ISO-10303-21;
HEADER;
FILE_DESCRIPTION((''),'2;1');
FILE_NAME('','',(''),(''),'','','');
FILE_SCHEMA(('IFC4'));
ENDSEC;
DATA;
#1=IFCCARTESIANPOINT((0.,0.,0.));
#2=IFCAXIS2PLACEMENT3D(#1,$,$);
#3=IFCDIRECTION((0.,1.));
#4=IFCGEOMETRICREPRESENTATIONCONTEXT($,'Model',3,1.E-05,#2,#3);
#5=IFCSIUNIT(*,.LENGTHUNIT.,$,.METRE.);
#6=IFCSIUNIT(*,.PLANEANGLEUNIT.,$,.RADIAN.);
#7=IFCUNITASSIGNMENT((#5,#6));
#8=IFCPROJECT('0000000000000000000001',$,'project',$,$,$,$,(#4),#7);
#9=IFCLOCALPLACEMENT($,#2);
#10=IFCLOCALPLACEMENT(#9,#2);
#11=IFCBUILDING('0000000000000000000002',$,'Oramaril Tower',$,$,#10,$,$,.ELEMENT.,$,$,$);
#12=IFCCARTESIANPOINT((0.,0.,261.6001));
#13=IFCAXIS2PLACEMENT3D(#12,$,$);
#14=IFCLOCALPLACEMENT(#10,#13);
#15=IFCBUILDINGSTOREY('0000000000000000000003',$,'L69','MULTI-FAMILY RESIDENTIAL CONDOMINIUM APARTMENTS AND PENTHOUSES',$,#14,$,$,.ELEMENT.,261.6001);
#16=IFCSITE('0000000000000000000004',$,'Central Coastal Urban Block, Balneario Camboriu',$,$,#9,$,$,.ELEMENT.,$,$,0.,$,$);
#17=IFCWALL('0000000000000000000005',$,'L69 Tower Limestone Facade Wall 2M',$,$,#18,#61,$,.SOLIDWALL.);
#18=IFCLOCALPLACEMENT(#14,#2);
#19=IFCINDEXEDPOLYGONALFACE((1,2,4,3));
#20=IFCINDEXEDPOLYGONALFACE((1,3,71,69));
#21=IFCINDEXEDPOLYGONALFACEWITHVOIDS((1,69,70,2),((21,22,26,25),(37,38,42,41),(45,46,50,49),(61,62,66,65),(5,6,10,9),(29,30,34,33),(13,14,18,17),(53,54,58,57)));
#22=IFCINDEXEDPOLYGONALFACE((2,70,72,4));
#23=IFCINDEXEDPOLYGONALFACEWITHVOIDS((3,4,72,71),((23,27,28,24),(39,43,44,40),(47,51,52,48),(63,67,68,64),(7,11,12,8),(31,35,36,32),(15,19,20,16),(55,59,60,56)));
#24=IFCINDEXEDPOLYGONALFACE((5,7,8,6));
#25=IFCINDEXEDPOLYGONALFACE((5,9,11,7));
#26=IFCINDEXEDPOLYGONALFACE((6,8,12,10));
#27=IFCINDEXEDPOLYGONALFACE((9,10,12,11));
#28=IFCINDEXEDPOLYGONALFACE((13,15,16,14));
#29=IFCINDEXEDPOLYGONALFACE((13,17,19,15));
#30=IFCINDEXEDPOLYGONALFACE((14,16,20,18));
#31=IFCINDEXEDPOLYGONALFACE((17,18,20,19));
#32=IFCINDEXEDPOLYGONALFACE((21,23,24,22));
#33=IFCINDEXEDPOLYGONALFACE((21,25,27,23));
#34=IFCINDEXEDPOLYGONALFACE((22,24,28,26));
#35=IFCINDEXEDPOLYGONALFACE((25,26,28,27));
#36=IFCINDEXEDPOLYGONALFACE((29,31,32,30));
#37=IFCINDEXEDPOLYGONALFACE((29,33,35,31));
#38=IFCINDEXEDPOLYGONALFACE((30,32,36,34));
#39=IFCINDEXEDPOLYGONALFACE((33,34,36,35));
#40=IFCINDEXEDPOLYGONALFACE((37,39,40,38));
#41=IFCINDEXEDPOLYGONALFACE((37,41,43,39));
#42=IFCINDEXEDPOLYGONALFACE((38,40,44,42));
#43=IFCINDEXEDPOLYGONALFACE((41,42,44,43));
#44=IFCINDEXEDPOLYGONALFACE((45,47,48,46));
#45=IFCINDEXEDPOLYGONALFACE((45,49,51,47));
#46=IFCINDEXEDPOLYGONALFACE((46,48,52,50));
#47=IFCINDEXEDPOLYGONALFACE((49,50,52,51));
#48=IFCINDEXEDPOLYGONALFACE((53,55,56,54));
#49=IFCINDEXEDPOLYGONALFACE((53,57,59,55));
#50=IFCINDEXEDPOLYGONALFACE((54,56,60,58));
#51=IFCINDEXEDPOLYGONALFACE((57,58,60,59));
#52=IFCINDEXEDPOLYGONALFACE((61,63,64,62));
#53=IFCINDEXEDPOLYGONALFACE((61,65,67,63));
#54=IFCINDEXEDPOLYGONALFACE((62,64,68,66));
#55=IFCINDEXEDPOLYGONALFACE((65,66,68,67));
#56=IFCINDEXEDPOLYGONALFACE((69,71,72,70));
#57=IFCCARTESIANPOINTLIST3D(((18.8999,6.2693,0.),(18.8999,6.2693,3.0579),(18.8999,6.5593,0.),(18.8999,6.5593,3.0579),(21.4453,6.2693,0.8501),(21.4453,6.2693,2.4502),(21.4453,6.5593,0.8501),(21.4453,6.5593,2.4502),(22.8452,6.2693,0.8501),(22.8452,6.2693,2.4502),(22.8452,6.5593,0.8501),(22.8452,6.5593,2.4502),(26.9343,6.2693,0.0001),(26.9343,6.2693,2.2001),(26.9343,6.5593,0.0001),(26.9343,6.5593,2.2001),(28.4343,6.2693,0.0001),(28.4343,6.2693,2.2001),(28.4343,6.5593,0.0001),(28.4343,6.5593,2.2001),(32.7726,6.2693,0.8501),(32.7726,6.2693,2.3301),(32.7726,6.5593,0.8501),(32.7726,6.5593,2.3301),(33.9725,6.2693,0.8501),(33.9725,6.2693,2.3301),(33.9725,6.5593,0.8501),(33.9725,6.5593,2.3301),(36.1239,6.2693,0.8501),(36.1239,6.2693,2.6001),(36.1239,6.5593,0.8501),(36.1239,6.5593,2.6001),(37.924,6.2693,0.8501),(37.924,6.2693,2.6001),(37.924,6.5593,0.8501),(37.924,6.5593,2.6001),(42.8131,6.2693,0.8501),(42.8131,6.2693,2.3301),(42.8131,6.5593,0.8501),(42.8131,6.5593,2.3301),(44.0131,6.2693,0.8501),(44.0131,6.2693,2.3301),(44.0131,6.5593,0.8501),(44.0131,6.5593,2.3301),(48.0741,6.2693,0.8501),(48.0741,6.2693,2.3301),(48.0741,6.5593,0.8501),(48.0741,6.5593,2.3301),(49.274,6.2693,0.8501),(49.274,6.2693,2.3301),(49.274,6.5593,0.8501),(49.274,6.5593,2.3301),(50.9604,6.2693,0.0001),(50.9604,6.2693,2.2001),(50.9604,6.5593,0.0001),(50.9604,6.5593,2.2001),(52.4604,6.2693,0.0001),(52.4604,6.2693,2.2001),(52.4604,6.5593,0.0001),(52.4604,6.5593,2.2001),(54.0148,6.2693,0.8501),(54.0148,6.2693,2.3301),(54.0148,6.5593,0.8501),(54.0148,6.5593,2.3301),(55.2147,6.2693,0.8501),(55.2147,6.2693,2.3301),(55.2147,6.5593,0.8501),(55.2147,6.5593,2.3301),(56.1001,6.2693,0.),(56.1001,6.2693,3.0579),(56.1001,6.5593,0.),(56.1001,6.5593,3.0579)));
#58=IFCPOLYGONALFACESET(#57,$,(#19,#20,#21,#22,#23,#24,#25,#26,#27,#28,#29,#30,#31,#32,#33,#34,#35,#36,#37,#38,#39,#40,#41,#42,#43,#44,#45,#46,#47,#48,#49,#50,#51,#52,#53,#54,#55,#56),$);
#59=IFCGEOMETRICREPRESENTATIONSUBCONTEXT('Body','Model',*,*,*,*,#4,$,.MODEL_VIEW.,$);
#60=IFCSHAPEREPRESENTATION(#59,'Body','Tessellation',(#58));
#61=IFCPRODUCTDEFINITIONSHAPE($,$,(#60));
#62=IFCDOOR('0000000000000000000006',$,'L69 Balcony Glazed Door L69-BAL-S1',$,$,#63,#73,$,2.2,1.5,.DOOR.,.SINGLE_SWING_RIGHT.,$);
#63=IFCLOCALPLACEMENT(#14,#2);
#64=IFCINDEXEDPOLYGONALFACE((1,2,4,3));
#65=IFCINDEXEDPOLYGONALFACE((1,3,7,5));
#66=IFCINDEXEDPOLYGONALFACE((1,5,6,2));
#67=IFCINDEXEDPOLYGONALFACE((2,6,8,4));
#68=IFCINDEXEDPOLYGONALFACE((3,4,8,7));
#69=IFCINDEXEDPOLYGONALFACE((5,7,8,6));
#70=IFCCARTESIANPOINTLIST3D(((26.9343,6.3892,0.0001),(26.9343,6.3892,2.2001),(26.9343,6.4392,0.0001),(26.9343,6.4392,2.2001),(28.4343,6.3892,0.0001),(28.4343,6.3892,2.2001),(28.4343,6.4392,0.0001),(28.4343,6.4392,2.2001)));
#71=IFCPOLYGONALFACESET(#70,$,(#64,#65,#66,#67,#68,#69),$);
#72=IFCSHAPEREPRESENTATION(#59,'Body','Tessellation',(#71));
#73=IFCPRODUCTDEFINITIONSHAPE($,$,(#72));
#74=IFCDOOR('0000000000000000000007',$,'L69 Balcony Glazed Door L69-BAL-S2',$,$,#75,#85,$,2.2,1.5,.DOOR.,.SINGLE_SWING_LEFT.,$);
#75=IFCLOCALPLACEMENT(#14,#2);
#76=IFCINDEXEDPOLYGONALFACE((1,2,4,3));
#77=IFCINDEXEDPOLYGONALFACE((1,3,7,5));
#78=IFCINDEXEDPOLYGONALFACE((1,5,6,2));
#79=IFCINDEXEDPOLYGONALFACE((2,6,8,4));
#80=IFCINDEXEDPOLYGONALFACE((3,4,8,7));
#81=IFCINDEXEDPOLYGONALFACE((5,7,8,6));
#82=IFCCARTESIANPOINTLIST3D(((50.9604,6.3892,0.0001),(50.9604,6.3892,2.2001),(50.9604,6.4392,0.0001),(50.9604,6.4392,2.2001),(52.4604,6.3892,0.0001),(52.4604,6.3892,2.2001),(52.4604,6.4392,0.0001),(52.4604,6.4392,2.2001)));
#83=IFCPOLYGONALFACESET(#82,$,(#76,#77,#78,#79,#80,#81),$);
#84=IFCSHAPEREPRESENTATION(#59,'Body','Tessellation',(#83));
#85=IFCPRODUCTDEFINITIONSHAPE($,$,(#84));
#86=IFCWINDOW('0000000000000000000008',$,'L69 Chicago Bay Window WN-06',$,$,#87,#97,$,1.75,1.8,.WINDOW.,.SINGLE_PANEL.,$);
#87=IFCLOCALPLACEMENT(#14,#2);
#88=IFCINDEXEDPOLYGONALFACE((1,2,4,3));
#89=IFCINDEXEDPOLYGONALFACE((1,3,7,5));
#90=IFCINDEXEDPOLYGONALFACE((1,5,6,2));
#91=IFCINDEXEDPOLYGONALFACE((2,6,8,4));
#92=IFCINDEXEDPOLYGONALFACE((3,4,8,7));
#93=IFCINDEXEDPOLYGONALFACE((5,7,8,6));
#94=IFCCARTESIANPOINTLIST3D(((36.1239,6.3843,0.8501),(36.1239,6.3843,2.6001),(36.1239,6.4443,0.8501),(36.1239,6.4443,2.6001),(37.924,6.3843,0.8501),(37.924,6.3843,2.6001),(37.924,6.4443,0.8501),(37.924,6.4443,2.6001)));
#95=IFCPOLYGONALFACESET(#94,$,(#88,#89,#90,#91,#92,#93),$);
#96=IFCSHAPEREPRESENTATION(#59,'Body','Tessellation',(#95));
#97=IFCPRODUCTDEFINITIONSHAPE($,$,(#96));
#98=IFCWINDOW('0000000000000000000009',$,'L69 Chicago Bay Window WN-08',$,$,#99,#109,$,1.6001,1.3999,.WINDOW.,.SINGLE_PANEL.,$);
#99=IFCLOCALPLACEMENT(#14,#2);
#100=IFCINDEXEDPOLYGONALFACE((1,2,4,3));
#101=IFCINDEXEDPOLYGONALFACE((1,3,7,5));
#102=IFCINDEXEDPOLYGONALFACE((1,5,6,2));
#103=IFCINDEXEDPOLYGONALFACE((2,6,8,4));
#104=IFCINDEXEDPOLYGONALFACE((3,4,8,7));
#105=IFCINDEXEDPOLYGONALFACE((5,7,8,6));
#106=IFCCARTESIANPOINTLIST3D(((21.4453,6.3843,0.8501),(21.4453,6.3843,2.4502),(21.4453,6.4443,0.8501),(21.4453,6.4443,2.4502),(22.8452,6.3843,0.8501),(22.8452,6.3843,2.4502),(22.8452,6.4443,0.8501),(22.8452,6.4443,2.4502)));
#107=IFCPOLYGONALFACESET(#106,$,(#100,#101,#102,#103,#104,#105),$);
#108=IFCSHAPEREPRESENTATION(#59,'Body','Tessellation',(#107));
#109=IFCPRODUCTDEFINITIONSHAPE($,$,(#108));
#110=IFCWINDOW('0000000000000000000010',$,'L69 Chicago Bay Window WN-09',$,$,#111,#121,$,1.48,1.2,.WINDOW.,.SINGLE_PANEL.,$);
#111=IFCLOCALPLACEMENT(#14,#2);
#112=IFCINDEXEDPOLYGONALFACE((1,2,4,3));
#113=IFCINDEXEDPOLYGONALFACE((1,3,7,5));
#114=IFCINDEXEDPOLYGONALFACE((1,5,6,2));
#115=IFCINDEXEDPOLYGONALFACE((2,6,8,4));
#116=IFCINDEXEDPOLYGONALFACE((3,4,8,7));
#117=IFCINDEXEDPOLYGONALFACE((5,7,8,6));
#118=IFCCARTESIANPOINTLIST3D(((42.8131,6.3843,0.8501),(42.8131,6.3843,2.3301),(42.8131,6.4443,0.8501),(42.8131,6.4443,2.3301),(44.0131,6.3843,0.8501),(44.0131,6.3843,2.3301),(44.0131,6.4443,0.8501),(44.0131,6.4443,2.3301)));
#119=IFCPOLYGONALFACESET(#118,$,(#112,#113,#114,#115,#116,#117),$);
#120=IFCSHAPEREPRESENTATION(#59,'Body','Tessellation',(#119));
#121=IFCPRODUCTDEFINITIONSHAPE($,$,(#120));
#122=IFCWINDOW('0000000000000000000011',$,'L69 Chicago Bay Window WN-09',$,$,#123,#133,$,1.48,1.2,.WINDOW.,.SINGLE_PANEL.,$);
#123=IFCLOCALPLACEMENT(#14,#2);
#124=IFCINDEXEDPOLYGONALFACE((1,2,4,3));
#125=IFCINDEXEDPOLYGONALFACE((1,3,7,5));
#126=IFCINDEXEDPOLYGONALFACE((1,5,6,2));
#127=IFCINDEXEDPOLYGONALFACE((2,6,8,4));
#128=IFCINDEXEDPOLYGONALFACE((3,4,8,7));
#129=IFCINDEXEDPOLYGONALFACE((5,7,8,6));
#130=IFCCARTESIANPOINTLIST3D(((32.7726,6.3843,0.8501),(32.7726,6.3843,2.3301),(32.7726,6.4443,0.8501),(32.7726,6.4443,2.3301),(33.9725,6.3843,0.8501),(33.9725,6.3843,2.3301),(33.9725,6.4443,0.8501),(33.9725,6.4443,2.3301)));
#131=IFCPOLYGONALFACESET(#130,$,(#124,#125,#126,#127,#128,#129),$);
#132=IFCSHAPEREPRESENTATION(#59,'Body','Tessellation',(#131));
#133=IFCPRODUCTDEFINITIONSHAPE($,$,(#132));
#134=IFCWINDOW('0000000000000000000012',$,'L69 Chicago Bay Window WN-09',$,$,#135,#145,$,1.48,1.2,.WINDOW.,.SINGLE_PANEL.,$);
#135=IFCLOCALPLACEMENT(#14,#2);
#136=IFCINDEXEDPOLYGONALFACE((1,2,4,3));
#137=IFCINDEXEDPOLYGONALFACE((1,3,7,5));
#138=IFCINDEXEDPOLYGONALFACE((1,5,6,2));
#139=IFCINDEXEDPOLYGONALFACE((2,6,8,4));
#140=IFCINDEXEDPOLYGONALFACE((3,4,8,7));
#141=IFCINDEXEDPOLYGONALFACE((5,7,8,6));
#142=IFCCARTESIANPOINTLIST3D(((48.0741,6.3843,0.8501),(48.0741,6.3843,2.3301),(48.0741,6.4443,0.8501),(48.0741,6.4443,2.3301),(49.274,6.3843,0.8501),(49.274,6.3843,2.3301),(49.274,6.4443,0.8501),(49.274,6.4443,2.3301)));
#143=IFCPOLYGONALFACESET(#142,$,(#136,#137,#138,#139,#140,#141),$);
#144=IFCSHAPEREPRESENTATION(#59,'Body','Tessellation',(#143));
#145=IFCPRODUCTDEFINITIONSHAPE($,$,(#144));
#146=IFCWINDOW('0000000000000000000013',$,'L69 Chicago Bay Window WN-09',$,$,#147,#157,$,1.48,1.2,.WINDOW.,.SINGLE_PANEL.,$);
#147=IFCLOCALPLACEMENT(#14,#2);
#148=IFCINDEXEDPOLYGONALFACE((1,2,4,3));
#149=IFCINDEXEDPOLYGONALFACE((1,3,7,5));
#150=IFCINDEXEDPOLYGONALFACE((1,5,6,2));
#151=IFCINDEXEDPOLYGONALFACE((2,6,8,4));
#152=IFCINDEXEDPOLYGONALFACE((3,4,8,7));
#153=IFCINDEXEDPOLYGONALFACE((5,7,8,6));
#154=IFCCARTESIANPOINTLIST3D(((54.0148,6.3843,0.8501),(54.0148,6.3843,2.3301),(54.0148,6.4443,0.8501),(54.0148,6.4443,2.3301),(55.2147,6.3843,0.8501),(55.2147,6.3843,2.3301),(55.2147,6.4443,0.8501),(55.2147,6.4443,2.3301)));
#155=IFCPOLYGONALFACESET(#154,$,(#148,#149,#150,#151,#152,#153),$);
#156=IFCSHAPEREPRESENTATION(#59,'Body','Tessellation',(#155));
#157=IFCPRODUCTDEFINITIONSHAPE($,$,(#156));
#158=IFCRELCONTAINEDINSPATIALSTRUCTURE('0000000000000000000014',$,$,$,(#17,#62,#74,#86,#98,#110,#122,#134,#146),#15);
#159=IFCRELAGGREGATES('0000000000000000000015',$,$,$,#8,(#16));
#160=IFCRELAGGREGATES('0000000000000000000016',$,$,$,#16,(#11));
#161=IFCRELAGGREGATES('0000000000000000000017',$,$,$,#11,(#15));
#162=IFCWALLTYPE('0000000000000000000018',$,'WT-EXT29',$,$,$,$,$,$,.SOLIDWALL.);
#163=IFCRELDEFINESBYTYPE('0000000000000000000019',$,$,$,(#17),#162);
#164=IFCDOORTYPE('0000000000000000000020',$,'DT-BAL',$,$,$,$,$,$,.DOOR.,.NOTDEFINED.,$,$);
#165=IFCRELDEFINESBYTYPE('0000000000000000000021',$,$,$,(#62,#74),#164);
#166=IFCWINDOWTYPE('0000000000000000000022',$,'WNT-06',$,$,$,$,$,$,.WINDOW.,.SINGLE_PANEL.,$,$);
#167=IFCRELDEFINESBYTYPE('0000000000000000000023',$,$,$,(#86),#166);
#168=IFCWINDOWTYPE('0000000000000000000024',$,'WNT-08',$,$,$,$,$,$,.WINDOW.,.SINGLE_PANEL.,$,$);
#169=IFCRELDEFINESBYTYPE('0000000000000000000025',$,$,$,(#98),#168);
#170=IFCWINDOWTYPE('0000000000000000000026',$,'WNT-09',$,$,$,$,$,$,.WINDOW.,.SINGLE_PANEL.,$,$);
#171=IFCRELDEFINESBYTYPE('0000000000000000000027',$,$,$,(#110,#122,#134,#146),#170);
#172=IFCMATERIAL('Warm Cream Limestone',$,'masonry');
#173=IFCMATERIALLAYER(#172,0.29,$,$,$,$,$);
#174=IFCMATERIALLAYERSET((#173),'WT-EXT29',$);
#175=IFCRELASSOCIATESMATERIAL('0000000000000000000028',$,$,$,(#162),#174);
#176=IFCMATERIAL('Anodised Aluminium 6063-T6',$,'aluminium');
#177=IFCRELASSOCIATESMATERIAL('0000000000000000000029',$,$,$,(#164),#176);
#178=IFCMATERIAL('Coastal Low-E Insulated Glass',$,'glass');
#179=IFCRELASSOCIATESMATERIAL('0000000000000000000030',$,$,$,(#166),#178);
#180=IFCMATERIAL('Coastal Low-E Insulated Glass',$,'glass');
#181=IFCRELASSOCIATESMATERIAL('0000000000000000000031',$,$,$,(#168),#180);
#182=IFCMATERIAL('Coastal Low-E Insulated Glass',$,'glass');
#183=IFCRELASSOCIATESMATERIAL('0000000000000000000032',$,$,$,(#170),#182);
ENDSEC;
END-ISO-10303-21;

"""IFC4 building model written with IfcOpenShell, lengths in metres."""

from ifc_helpers import new_model, si_unit, direction, frame, frame_2d, origin, place, context, subcontext, project, spatial, rectangle, extrude, material, layer, layer_set, type_object, element, fill, save


model = new_model("IFC4")

# Units and contexts
model_context = context("Model", 3, precision=1e-05, world=origin(), true_north=direction((0.0, 1.0)))
body_context = subcontext(model_context, "Body", "Model", "MODEL_VIEW")
ifc_project = project(units=[si_unit("LENGTHUNIT", "METRE"), si_unit("PLANEANGLEUNIT", "RADIAN")], contexts=[model_context])

# Site, building, storey
site_placement = place(None, origin())
site = spatial("IfcSite", under=ifc_project, at=site_placement, Name="Central Coastal Urban Block, Balneario Camboriu", CompositionType="ELEMENT", RefElevation=0.0)
building_placement = place(site_placement, origin())
building = spatial("IfcBuilding", under=site, at=building_placement, Name="Oramaril Tower", CompositionType="ELEMENT")
storey_placement = place(building_placement, frame((0.0, 0.0, 261.6001)))
storey = spatial("IfcBuildingStorey", under=building, at=storey_placement, Name="L69", Description="MULTI-FAMILY RESIDENTIAL CONDOMINIUM APARTMENTS AND PENTHOUSES", CompositionType="ELEMENT", Elevation=261.6001)

# Shared definitions
ifc_material_1 = material(Name="Warm Cream Limestone", Category="masonry")
ifc_layer_1 = layer(ifc_material_1, 0.29)
ifc_layer_set_1 = layer_set([ifc_layer_1], Name="WT-EXT29")
wall_type = type_object("IfcWallType", Name="WT-EXT29", PredefinedType="SOLIDWALL", material=ifc_layer_set_1)

# Wall, openings, doors, windows
wall_1_placement = place(storey_placement, frame((18.8999, 6.4143, 0.0), z_axis=(0.0, 0.0, 1.0), x_axis=(1.0, 0.0, 0.0)))
wall_1 = element("IfcWall", 1, at=wall_1_placement, inside=storey, type_object=wall_type, Name="L69 Tower Limestone Facade Wall 2M", PredefinedType="SOLIDWALL", context=body_context, shape_type="SweptSolid", body=[
    extrude(rectangle(XDim=37.2002, YDim=0.29, at=frame_2d((18.6001, 0.0))), origin(), (0.0, 0.0, 1.0), 3.0579),
])
opening_1_placement = place(wall_1_placement, frame((8.0344, 0.0, 0.0)))
opening_1 = element("IfcOpeningElement", 2, at=opening_1_placement, cuts=wall_1, PredefinedType="OPENING", context=body_context, shape_type="SweptSolid", body=[
    extrude(rectangle(XDim=1.5, YDim=2.2, at=frame_2d((0.75, 1.1001))), frame((0.0, 0.145, 0.0), z_axis=(0.0, -1.0, 0.0), x_axis=(1.0, 0.0, 0.0)), (0.0, 0.0, 1.0), 0.29),
])
opening_2_placement = place(wall_1_placement, frame((32.0605, 0.0, 0.0)))
opening_2 = element("IfcOpeningElement", 3, at=opening_2_placement, cuts=wall_1, PredefinedType="OPENING", context=body_context, shape_type="SweptSolid", body=[
    extrude(rectangle(XDim=1.5, YDim=2.2, at=frame_2d((0.75, 1.1001))), frame((0.0, 0.145, 0.0), z_axis=(0.0, -1.0, 0.0), x_axis=(1.0, 0.0, 0.0)), (0.0, 0.0, 1.0), 0.29),
])
opening_3_placement = place(wall_1_placement, frame((17.2241, 0.0, 0.8501)))
opening_3 = element("IfcOpeningElement", 4, at=opening_3_placement, cuts=wall_1, PredefinedType="OPENING", context=body_context, shape_type="SweptSolid", body=[
    extrude(rectangle(XDim=1.8, YDim=1.75, at=frame_2d((0.8999, 0.875))), frame((0.0, 0.145, 0.0), z_axis=(0.0, -1.0, 0.0), x_axis=(1.0, 0.0, 0.0)), (0.0, 0.0, 1.0), 0.29),
])
opening_4_placement = place(wall_1_placement, frame((23.9131, 0.0, 0.8501)))
opening_4 = element("IfcOpeningElement", 5, at=opening_4_placement, cuts=wall_1, PredefinedType="OPENING", context=body_context, shape_type="SweptSolid", body=[
    extrude(rectangle(XDim=1.2, YDim=1.48, at=frame_2d((0.6001, 0.74))), frame((0.0, 0.145, 0.0), z_axis=(0.0, -1.0, 0.0), x_axis=(1.0, 0.0, 0.0)), (0.0, 0.0, 1.0), 0.29),
])
opening_5_placement = place(wall_1_placement, frame((13.8726, 0.0, 0.8501)))
opening_5 = element("IfcOpeningElement", 6, at=opening_5_placement, cuts=wall_1, PredefinedType="OPENING", context=body_context, shape_type="SweptSolid", body=[
    extrude(rectangle(XDim=1.2, YDim=1.48, at=frame_2d((0.6001, 0.74))), frame((0.0, 0.145, 0.0), z_axis=(0.0, -1.0, 0.0), x_axis=(1.0, 0.0, 0.0)), (0.0, 0.0, 1.0), 0.29),
])
opening_6_placement = place(wall_1_placement, frame((2.5454, 0.0, 0.8501)))
opening_6 = element("IfcOpeningElement", 7, at=opening_6_placement, cuts=wall_1, PredefinedType="OPENING", context=body_context, shape_type="SweptSolid", body=[
    extrude(rectangle(XDim=1.3999, YDim=1.6001, at=frame_2d((0.7, 0.8))), frame((0.0, 0.145, 0.0), z_axis=(0.0, -1.0, 0.0), x_axis=(1.0, 0.0, 0.0)), (0.0, 0.0, 1.0), 0.29),
])
opening_7_placement = place(wall_1_placement, frame((29.1741, 0.0, 0.8501)))
opening_7 = element("IfcOpeningElement", 8, at=opening_7_placement, cuts=wall_1, PredefinedType="OPENING", context=body_context, shape_type="SweptSolid", body=[
    extrude(rectangle(XDim=1.2, YDim=1.48, at=frame_2d((0.6001, 0.74))), frame((0.0, 0.145, 0.0), z_axis=(0.0, -1.0, 0.0), x_axis=(1.0, 0.0, 0.0)), (0.0, 0.0, 1.0), 0.29),
])
opening_8_placement = place(wall_1_placement, frame((35.1147, 0.0, 0.8501)))
opening_8 = element("IfcOpeningElement", 9, at=opening_8_placement, cuts=wall_1, PredefinedType="OPENING", context=body_context, shape_type="SweptSolid", body=[
    extrude(rectangle(XDim=1.2, YDim=1.48, at=frame_2d((0.6001, 0.74))), frame((0.0, 0.145, 0.0), z_axis=(0.0, -1.0, 0.0), x_axis=(1.0, 0.0, 0.0)), (0.0, 0.0, 1.0), 0.29),
])
ifc_material_2 = material(Name="Anodised Aluminium 6063-T6", Category="aluminium")
door_type = type_object("IfcDoorType", Name="DT-BAL", OperationType="NOTDEFINED", PredefinedType="DOOR", material=ifc_material_2)
door_1_placement = place(opening_1_placement, origin())
door_1 = element("IfcDoor", 10, at=door_1_placement, inside=storey, type_object=door_type, Name="L69 Balcony Glazed Door L69-BAL-S1", OperationType="SINGLE_SWING_RIGHT", OverallHeight=2.2, OverallWidth=1.5, PredefinedType="DOOR", context=body_context, shape_type="SweptSolid", body=[
    extrude(rectangle(XDim=1.5, YDim=2.2, at=frame_2d((0.75, 1.1001))), frame((0.0, 0.0249, 0.0), z_axis=(0.0, -1.0, 0.0), x_axis=(1.0, 0.0, 0.0)), (0.0, 0.0, 1.0), 0.05),
])
fill(opening_1, door_1)
door_2_placement = place(opening_2_placement, origin())
door_2 = element("IfcDoor", 11, at=door_2_placement, inside=storey, type_object=door_type, Name="L69 Balcony Glazed Door L69-BAL-S2", OperationType="SINGLE_SWING_LEFT", OverallHeight=2.2, OverallWidth=1.5, PredefinedType="DOOR", context=body_context, shape_type="SweptSolid", body=[
    extrude(rectangle(XDim=1.5, YDim=2.2, at=frame_2d((0.75, 1.1001))), frame((0.0, 0.0249, 0.0), z_axis=(0.0, -1.0, 0.0), x_axis=(1.0, 0.0, 0.0)), (0.0, 0.0, 1.0), 0.05),
])
fill(opening_2, door_2)
ifc_material_3 = material(Name="Coastal Low-E Insulated Glass", Category="glass")
window_type_1 = type_object("IfcWindowType", Name="WNT-06", PartitioningType="SINGLE_PANEL", PredefinedType="WINDOW", material=ifc_material_3)
window_1_placement = place(opening_3_placement, origin())
window_1 = element("IfcWindow", 12, at=window_1_placement, inside=storey, type_object=window_type_1, Name="L69 Chicago Bay Window WN-06", OverallHeight=1.75, OverallWidth=1.8, PartitioningType="SINGLE_PANEL", PredefinedType="WINDOW", context=body_context, shape_type="SweptSolid", body=[
    extrude(rectangle(XDim=1.8, YDim=1.75, at=frame_2d((0.8999, 0.875))), frame((0.0, 0.03, 0.0), z_axis=(0.0, -1.0, 0.0), x_axis=(1.0, 0.0, 0.0)), (0.0, 0.0, 1.0), 0.0601),
])
fill(opening_3, window_1)
ifc_material_4 = material(Name="Coastal Low-E Insulated Glass", Category="glass")
window_type_2 = type_object("IfcWindowType", Name="WNT-08", PartitioningType="SINGLE_PANEL", PredefinedType="WINDOW", material=ifc_material_4)
window_2_placement = place(opening_6_placement, origin())
window_2 = element("IfcWindow", 13, at=window_2_placement, inside=storey, type_object=window_type_2, Name="L69 Chicago Bay Window WN-08", OverallHeight=1.6001, OverallWidth=1.3999, PartitioningType="SINGLE_PANEL", PredefinedType="WINDOW", context=body_context, shape_type="SweptSolid", body=[
    extrude(rectangle(XDim=1.3999, YDim=1.6001, at=frame_2d((0.7, 0.8))), frame((0.0, 0.03, 0.0), z_axis=(0.0, -1.0, 0.0), x_axis=(1.0, 0.0, 0.0)), (0.0, 0.0, 1.0), 0.0601),
])
fill(opening_6, window_2)
ifc_material_5 = material(Name="Coastal Low-E Insulated Glass", Category="glass")
window_type_3 = type_object("IfcWindowType", Name="WNT-09", PartitioningType="SINGLE_PANEL", PredefinedType="WINDOW", material=ifc_material_5)
window_3_placement = place(opening_4_placement, origin())
window_3 = element("IfcWindow", 14, at=window_3_placement, inside=storey, type_object=window_type_3, Name="L69 Chicago Bay Window WN-09", OverallHeight=1.48, OverallWidth=1.2, PartitioningType="SINGLE_PANEL", PredefinedType="WINDOW", context=body_context, shape_type="SweptSolid", body=[
    extrude(rectangle(XDim=1.2, YDim=1.48, at=frame_2d((0.6001, 0.74))), frame((0.0, 0.03, 0.0), z_axis=(0.0, -1.0, 0.0), x_axis=(1.0, 0.0, 0.0)), (0.0, 0.0, 1.0), 0.0601),
])
fill(opening_4, window_3)
window_4_placement = place(opening_5_placement, origin())
window_4 = element("IfcWindow", 15, at=window_4_placement, inside=storey, type_object=window_type_3, Name="L69 Chicago Bay Window WN-09", OverallHeight=1.48, OverallWidth=1.2, PartitioningType="SINGLE_PANEL", PredefinedType="WINDOW", context=body_context, shape_type="SweptSolid", body=[
    extrude(rectangle(XDim=1.2, YDim=1.48, at=frame_2d((0.6001, 0.74))), frame((0.0, 0.03, 0.0), z_axis=(0.0, -1.0, 0.0), x_axis=(1.0, 0.0, 0.0)), (0.0, 0.0, 1.0), 0.0601),
])
fill(opening_5, window_4)
window_5_placement = place(opening_7_placement, origin())
window_5 = element("IfcWindow", 16, at=window_5_placement, inside=storey, type_object=window_type_3, Name="L69 Chicago Bay Window WN-09", OverallHeight=1.48, OverallWidth=1.2, PartitioningType="SINGLE_PANEL", PredefinedType="WINDOW", context=body_context, shape_type="SweptSolid", body=[
    extrude(rectangle(XDim=1.2, YDim=1.48, at=frame_2d((0.6001, 0.74))), frame((0.0, 0.03, 0.0), z_axis=(0.0, -1.0, 0.0), x_axis=(1.0, 0.0, 0.0)), (0.0, 0.0, 1.0), 0.0601),
])
fill(opening_7, window_5)
window_6_placement = place(opening_8_placement, origin())
window_6 = element("IfcWindow", 17, at=window_6_placement, inside=storey, type_object=window_type_3, Name="L69 Chicago Bay Window WN-09", OverallHeight=1.48, OverallWidth=1.2, PartitioningType="SINGLE_PANEL", PredefinedType="WINDOW", context=body_context, shape_type="SweptSolid", body=[
    extrude(rectangle(XDim=1.2, YDim=1.48, at=frame_2d((0.6001, 0.74))), frame((0.0, 0.03, 0.0), z_axis=(0.0, -1.0, 0.0), x_axis=(1.0, 0.0, 0.0)), (0.0, 0.0, 1.0), 0.0601),
])
fill(opening_8, window_6)

save(model, "model.ifc")
